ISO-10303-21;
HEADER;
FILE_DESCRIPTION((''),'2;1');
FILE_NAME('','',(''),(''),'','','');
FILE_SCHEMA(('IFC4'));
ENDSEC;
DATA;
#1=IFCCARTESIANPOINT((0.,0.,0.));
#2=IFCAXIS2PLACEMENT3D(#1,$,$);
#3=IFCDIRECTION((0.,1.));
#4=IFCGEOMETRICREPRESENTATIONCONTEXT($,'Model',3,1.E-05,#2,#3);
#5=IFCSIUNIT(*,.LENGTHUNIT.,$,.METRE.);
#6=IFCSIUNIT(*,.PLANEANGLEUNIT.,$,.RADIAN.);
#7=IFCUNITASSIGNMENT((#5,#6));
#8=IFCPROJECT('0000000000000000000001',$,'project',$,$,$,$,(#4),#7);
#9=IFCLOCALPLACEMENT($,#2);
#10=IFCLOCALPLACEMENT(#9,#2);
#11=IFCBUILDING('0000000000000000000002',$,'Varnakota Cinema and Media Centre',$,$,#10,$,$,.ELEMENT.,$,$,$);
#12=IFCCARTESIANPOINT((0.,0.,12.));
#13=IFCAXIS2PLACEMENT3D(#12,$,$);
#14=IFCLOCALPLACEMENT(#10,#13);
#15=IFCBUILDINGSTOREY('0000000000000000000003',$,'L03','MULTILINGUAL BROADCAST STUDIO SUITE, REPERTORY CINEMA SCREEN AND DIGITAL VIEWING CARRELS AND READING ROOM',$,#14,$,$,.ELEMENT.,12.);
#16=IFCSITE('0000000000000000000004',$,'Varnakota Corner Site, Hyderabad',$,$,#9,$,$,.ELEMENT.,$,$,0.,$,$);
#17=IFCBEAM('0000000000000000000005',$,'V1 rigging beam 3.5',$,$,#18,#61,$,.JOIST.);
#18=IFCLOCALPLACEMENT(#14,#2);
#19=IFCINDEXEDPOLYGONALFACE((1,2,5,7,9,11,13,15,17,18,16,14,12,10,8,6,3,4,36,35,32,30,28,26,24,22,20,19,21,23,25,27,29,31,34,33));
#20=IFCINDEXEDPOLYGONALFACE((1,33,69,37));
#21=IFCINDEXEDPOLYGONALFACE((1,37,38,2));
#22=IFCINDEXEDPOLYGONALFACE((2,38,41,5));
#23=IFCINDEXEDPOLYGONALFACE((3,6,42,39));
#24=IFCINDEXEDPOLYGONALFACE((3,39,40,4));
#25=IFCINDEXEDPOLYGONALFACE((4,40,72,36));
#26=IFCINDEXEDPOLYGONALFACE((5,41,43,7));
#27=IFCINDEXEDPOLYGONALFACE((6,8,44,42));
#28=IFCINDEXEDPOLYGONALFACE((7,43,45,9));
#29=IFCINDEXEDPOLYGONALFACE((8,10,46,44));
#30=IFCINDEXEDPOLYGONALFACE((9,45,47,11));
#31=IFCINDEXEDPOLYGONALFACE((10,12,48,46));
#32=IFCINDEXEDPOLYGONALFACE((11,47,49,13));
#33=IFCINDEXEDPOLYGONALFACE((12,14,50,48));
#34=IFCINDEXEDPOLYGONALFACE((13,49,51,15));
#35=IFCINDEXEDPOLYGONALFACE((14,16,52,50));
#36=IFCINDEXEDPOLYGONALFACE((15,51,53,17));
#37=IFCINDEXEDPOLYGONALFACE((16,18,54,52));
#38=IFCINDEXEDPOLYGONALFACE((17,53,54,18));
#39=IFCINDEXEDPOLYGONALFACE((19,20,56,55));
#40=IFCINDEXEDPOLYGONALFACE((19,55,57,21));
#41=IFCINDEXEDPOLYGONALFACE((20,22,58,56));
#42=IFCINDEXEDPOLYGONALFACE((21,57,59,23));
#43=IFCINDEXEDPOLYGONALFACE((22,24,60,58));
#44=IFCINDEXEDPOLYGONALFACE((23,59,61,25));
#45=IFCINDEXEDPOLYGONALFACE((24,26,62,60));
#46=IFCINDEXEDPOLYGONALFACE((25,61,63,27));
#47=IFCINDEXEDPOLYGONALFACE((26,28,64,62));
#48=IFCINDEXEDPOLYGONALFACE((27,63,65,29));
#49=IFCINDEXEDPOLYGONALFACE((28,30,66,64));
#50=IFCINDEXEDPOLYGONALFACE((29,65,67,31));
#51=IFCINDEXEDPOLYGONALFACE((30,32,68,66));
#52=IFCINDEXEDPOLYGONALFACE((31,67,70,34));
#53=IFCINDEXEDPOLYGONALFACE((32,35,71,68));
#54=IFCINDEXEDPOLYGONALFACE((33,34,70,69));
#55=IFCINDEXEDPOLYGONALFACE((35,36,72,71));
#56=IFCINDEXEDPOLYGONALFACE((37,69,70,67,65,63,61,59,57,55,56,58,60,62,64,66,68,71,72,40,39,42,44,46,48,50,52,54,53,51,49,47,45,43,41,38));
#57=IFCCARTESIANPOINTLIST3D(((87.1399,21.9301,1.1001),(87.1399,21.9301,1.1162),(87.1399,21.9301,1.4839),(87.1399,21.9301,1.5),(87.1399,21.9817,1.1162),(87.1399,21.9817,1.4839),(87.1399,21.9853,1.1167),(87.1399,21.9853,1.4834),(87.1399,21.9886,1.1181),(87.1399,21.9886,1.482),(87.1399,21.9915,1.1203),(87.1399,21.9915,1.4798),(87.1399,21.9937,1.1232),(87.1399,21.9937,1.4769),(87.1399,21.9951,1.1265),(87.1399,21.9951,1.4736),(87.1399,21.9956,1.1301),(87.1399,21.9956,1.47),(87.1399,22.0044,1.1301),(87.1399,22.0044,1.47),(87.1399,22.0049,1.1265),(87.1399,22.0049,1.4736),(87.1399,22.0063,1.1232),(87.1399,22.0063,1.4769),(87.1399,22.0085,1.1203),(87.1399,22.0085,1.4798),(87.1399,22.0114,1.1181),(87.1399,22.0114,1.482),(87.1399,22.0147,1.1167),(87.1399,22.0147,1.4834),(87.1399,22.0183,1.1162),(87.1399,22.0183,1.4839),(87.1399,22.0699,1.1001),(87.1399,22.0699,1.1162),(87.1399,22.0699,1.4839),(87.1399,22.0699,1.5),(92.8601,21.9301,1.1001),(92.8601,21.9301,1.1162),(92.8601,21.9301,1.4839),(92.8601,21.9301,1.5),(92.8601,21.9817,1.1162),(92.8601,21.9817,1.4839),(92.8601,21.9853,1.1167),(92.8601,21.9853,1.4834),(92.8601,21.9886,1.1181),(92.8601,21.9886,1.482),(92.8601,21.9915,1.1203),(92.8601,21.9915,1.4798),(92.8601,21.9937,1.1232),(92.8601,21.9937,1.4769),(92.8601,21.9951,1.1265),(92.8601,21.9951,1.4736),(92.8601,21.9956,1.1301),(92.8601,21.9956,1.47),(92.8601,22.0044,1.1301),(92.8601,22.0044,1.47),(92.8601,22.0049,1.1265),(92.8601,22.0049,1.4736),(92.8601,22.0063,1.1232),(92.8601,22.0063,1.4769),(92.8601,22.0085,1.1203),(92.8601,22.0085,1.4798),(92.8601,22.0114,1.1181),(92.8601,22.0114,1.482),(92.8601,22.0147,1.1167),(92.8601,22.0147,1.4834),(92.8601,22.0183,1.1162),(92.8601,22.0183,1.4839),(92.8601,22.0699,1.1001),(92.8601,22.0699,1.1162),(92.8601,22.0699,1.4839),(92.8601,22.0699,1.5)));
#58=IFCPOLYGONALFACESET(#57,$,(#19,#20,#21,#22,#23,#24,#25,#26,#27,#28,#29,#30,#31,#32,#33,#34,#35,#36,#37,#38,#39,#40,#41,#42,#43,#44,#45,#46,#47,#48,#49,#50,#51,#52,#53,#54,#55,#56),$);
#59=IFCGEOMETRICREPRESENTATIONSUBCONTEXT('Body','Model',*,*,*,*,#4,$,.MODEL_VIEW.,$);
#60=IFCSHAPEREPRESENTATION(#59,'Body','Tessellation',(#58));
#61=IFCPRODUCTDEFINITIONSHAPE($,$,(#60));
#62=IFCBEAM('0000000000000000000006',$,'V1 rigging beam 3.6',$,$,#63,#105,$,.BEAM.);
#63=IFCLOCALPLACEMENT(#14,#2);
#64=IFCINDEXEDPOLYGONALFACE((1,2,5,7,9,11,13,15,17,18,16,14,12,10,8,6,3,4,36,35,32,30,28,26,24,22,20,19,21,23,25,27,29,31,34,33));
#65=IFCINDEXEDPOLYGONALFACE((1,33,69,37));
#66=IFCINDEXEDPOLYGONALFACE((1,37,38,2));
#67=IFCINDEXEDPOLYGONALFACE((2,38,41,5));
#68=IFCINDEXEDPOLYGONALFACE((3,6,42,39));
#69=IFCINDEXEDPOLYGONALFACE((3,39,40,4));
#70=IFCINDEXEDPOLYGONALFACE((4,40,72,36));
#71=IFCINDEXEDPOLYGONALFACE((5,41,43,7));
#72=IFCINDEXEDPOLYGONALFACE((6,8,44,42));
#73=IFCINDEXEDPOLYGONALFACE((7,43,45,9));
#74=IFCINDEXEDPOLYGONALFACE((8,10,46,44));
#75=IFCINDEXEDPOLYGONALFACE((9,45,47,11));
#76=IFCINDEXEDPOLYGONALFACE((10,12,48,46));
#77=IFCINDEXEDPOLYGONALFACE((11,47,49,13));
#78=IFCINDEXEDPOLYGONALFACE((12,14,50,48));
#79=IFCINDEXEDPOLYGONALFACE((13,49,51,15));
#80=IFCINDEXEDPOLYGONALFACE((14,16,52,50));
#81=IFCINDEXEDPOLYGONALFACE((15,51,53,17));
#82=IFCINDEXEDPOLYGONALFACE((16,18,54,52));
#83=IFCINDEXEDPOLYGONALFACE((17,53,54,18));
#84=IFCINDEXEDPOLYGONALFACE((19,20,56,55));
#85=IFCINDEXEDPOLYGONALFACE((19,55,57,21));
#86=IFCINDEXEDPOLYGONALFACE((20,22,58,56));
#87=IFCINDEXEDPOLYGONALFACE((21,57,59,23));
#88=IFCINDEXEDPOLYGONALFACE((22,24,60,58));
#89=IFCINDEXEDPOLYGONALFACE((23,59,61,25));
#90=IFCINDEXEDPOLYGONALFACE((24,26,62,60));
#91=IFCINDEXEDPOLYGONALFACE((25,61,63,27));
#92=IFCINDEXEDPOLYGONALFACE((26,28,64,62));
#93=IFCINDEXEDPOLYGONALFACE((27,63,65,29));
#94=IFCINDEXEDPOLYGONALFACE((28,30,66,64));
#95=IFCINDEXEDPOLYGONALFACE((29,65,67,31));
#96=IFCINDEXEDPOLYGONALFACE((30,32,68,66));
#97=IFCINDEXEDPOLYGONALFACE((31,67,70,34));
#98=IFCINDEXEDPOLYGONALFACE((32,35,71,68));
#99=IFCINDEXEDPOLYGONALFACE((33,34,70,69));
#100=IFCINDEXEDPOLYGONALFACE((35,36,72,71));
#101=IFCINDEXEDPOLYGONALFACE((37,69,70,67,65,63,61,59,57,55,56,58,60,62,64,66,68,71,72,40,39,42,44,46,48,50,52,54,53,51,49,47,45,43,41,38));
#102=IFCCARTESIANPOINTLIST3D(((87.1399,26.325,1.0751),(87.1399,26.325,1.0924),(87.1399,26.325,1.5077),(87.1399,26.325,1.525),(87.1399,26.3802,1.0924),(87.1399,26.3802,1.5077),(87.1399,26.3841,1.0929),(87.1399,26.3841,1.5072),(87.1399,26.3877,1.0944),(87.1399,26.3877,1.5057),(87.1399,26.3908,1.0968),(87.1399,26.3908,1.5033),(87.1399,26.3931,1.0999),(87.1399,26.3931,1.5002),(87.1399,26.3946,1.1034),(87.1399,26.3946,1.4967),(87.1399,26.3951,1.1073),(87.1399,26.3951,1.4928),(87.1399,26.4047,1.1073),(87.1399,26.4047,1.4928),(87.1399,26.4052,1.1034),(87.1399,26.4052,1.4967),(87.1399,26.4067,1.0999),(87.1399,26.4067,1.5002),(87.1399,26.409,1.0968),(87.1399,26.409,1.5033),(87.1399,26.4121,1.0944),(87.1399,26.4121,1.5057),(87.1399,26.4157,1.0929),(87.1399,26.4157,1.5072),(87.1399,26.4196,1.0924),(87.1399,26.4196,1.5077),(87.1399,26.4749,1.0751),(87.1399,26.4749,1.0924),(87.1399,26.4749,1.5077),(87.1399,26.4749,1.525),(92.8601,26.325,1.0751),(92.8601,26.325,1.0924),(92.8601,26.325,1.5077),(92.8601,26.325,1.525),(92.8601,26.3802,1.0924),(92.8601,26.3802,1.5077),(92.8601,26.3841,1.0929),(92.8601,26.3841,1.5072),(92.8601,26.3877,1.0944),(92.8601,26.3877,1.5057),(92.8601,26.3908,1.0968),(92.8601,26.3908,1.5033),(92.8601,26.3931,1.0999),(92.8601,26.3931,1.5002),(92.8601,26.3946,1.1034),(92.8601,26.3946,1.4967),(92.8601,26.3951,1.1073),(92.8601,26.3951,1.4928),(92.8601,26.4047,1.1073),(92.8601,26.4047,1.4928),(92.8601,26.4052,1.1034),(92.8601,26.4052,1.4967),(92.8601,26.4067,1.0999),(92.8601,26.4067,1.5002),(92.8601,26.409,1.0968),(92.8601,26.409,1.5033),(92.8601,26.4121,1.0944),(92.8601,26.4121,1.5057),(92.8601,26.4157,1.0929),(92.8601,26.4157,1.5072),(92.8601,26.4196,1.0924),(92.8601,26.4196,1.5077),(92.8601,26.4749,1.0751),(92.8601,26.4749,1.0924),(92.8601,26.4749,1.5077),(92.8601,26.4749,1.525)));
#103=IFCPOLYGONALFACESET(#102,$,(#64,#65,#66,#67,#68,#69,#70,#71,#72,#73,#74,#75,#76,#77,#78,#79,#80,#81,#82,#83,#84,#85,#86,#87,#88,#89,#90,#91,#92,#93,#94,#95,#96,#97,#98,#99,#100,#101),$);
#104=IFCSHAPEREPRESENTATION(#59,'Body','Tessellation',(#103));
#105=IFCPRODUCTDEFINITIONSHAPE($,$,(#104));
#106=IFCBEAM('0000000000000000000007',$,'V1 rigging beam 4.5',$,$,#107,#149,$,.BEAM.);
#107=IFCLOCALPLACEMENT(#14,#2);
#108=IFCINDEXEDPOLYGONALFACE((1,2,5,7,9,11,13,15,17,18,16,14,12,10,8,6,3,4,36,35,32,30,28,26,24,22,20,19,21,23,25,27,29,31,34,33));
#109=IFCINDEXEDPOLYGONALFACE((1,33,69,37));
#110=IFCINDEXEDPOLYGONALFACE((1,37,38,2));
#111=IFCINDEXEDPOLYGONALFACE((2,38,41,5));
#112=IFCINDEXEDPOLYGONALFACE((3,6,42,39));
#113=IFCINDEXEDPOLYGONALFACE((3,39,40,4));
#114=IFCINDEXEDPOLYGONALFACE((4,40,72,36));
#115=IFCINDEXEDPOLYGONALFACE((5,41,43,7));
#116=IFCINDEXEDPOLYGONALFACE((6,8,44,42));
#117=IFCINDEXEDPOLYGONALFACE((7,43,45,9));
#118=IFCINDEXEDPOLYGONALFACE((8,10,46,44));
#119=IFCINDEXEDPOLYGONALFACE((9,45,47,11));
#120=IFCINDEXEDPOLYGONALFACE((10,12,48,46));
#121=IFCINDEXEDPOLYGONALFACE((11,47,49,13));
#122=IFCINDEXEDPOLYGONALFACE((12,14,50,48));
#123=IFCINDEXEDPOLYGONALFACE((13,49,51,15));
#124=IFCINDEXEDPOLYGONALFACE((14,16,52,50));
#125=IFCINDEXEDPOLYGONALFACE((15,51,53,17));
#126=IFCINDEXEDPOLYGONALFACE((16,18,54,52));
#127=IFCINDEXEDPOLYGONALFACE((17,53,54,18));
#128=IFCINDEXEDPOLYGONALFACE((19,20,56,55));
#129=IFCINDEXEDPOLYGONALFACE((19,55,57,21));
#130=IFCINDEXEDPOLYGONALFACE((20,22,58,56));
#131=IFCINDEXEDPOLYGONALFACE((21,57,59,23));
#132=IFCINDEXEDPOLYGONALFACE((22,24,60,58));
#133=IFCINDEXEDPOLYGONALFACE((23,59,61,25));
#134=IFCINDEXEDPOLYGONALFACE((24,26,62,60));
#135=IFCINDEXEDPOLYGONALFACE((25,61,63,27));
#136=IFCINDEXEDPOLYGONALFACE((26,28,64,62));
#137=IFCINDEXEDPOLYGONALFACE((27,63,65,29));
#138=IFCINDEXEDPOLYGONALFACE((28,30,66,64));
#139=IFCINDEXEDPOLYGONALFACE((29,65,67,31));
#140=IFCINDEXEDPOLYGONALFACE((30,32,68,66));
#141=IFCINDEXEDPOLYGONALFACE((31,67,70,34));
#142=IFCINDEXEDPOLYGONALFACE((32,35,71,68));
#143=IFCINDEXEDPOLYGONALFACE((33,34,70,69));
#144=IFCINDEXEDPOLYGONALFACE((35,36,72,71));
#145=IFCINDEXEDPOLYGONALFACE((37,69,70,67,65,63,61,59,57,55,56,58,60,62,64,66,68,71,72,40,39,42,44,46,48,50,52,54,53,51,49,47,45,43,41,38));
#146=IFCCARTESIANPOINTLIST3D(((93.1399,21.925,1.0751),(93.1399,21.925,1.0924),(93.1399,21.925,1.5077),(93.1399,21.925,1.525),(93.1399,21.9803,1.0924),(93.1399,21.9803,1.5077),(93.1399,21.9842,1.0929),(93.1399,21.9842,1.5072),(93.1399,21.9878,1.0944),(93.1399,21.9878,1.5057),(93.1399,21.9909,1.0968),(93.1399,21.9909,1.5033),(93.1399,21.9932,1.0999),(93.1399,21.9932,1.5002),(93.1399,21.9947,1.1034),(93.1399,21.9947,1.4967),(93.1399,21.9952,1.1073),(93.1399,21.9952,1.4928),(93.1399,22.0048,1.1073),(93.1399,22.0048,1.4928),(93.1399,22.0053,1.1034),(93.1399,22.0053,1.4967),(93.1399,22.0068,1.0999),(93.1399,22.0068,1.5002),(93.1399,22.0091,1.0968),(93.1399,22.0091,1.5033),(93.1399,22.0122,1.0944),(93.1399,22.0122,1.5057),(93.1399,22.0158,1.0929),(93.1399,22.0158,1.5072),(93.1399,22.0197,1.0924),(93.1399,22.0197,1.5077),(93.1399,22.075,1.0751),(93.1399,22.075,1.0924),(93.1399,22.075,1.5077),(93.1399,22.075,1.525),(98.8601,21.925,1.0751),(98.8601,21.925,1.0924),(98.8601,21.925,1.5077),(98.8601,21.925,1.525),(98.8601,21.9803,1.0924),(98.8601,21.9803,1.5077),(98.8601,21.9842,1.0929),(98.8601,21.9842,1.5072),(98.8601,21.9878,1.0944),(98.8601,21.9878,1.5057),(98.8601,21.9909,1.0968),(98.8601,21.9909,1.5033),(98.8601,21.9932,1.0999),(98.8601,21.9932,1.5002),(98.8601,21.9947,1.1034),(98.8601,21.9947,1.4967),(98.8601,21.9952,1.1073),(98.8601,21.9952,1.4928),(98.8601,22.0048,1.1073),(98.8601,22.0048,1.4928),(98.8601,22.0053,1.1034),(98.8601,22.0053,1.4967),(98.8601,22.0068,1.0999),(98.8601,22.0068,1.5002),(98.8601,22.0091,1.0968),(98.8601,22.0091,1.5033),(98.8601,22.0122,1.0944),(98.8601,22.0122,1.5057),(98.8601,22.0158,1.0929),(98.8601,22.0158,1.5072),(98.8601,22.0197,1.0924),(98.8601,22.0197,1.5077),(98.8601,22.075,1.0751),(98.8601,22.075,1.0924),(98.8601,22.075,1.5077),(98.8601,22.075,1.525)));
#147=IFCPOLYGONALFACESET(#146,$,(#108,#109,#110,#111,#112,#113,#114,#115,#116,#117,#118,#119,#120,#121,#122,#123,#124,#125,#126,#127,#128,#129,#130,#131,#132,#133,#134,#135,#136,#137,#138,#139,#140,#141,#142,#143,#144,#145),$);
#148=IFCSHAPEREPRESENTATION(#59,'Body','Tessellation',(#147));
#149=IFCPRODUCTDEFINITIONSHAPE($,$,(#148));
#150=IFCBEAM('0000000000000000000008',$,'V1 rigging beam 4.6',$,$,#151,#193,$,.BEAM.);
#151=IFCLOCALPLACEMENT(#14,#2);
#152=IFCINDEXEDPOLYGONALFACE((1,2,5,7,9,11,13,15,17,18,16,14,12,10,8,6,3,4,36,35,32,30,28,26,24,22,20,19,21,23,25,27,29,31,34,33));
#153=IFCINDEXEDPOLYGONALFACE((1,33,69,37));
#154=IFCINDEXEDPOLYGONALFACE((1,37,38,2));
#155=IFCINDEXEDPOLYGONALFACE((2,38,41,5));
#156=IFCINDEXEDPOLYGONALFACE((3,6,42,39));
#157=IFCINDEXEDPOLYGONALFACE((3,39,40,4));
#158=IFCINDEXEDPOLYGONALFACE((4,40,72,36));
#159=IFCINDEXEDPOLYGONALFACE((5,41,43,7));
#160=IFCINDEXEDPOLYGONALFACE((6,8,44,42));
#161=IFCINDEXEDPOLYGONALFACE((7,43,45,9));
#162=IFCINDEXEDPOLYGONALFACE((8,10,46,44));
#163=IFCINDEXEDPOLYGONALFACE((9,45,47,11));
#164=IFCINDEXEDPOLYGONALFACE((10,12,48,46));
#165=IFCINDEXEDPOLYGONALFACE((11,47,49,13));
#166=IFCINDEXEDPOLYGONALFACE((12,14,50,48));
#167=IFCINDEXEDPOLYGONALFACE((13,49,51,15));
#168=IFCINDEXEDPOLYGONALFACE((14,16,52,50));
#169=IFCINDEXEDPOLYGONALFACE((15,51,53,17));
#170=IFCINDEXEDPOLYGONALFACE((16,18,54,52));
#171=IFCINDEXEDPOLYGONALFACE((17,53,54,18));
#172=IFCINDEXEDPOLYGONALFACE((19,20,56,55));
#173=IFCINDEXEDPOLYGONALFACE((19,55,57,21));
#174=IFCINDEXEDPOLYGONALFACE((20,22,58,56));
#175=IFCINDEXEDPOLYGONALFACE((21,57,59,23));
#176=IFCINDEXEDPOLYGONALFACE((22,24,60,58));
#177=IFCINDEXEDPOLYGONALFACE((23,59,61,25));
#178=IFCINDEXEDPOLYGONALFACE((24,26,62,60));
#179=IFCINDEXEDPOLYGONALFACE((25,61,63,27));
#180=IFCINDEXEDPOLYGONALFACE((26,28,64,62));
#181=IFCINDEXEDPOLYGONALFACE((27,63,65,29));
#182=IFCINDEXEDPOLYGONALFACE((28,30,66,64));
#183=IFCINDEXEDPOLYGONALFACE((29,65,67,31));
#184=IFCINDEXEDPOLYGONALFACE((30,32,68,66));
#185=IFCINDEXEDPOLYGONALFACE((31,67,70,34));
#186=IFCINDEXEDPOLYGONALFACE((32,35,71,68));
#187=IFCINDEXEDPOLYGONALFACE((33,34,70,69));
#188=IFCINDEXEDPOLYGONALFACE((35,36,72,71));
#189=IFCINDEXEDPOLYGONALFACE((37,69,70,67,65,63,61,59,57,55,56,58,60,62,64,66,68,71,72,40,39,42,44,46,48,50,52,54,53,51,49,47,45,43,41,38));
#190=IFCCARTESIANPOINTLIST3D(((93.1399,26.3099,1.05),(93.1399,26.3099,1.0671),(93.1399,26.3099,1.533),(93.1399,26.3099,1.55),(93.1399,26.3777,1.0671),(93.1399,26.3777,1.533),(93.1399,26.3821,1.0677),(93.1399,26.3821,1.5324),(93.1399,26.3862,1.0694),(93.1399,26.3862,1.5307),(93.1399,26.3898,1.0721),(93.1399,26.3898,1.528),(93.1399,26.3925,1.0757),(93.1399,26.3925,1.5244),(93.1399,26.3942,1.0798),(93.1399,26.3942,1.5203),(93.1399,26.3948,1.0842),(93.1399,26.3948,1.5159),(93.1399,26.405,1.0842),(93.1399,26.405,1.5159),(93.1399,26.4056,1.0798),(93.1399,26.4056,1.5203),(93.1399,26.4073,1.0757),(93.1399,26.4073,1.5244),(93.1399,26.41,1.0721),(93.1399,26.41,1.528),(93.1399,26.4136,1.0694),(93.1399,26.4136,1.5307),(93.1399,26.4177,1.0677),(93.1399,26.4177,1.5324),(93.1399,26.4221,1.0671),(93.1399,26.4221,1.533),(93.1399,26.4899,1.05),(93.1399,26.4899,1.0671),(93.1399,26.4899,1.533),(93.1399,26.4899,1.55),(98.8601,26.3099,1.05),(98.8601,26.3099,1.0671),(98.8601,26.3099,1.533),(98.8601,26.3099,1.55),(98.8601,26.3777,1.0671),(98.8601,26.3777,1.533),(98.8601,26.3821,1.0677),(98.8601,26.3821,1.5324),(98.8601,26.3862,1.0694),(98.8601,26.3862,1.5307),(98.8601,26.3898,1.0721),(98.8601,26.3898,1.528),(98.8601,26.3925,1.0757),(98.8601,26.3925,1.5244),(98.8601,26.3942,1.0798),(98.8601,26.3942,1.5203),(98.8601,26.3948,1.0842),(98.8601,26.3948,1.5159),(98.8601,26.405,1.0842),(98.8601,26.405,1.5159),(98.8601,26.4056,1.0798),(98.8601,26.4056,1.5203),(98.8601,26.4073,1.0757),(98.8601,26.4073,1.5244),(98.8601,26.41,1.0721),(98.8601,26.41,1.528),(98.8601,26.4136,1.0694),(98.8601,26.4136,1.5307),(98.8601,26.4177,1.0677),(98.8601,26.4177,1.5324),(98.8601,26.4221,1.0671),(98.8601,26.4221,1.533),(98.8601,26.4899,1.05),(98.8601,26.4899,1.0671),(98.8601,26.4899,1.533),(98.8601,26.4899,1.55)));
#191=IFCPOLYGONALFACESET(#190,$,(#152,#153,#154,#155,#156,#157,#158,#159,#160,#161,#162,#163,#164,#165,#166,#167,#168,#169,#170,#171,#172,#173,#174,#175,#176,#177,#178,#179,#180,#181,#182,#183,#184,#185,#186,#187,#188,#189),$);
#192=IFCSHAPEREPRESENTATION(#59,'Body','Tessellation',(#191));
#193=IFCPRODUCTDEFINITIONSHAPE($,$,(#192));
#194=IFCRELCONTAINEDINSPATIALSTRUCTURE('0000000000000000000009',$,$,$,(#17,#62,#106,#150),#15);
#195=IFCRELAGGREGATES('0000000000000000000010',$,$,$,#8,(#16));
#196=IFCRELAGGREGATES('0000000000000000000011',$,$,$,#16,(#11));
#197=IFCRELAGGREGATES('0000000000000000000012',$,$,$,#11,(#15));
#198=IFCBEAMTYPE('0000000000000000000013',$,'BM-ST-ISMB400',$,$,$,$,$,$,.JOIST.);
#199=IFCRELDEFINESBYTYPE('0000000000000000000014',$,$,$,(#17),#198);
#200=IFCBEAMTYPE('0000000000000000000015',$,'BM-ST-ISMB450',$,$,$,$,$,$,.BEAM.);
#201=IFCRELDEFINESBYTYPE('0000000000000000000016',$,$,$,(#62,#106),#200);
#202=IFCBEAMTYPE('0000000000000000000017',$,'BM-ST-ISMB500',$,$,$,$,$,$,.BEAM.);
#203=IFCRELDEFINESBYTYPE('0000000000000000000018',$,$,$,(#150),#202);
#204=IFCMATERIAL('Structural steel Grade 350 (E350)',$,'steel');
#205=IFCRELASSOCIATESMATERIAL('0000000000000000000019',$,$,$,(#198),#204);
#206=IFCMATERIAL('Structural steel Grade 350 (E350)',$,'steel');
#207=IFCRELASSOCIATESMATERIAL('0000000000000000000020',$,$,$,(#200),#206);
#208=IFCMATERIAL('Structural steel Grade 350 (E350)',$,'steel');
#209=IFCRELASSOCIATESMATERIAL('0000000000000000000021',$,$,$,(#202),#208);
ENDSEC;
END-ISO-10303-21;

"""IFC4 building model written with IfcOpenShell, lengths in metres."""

from ifc_helpers import new_model, si_unit, direction, frame, origin, origin_2d, place, context, subcontext, project, spatial, i_section, extrude, material, material_profile, profile_set, type_object, element, save


model = new_model("IFC4")

# Units and contexts
model_context = context("Model", 3, precision=1e-05, world=origin(), true_north=direction((0.0, 1.0)))
body_context = subcontext(model_context, "Body", "Model", "MODEL_VIEW")
ifc_project = project(units=[si_unit("LENGTHUNIT", "METRE"), si_unit("PLANEANGLEUNIT", "RADIAN")], contexts=[model_context])

# Site, building, storey
site_placement = place(None, origin())
site = spatial("IfcSite", under=ifc_project, at=site_placement, Name="Varnakota Corner Site, Hyderabad", CompositionType="ELEMENT", RefElevation=0.0)
building_placement = place(site_placement, origin())
building = spatial("IfcBuilding", under=site, at=building_placement, Name="Varnakota Cinema and Media Centre", CompositionType="ELEMENT")
storey_placement = place(building_placement, frame((0.0, 0.0, 12.0)))
storey = spatial("IfcBuildingStorey", under=building, at=storey_placement, Name="L03", Description="MULTILINGUAL BROADCAST STUDIO SUITE, REPERTORY CINEMA SCREEN AND DIGITAL VIEWING CARRELS AND READING ROOM", CompositionType="ELEMENT", Elevation=12.0)

# Beams
ifc_material_1 = material(Name="Structural steel Grade 350 (E350)", Category="steel")
ifc_material_profile_1 = material_profile(ifc_material_1, i_section(OverallWidth=0.1399, OverallDepth=0.3999, WebThickness=0.0088, FlangeThickness=0.0161, FilletRadius=0.0139, at=origin_2d()), Name="ISMB 400")
ifc_profile_set_1 = profile_set([ifc_material_profile_1], Name="Structural steel Grade 350 (E350)")
beam_type_1 = type_object("IfcBeamType", Name="BM-ST-ISMB400", PredefinedType="JOIST", material=ifc_profile_set_1)
beam_1_placement = place(storey_placement, frame((87.1399, 22.0, 1.3), z_axis=(1.0, 0.0, 0.0), x_axis=(0.0, 1.0, 0.0)))
element("IfcBeam", 1, at=beam_1_placement, inside=storey, type_object=beam_type_1, Name="V1 rigging beam 3.5", PredefinedType="JOIST", context=body_context, shape_type="SweptSolid", body=[
    extrude(i_section(OverallWidth=0.1399, OverallDepth=0.3999, WebThickness=0.0088, FlangeThickness=0.0161, FilletRadius=0.0139, at=origin_2d()), origin(), (0.0, 0.0, 1.0), 5.7202),
])
ifc_material_2 = material(Name="Structural steel Grade 350 (E350)", Category="steel")
ifc_material_profile_2 = material_profile(ifc_material_2, i_section(OverallWidth=0.1499, OverallDepth=0.45, WebThickness=0.0095, FlangeThickness=0.0173, FilletRadius=0.0149, at=origin_2d()), Name="ISMB 450")
ifc_profile_set_2 = profile_set([ifc_material_profile_2], Name="Structural steel Grade 350 (E350)")
beam_type_2 = type_object("IfcBeamType", Name="BM-ST-ISMB450", PredefinedType="BEAM", material=ifc_profile_set_2)
for number, where, z_axis, x_axis, name in (
    (2, (87.1399, 26.3999, 1.3), (1.0, 0.0, 0.0), (0.0, 1.0, 0.0), "V1 rigging beam 3.6"),
    (3, (93.1399, 22.0, 1.3), (1.0, 0.0, 0.0), (0.0, 1.0, 0.0), "V1 rigging beam 4.5"),
):
    element("IfcBeam", number, at=place(storey_placement, frame(where, z_axis=z_axis, x_axis=x_axis)), inside=storey, type_object=beam_type_2, Name=name, PredefinedType="BEAM", context=body_context, shape_type="SweptSolid", body=[
        extrude(i_section(OverallWidth=0.1499, OverallDepth=0.45, WebThickness=0.0095, FlangeThickness=0.0173, FilletRadius=0.0149, at=origin_2d()), origin(), (0.0, 0.0, 1.0), 5.7202),
    ])
ifc_material_3 = material(Name="Structural steel Grade 350 (E350)", Category="steel")
ifc_material_profile_3 = material_profile(ifc_material_3, i_section(OverallWidth=0.1799, OverallDepth=0.5, WebThickness=0.0103, FlangeThickness=0.0171, FilletRadius=0.0171, at=origin_2d()), Name="ISMB 500")
ifc_profile_set_3 = profile_set([ifc_material_profile_3], Name="Structural steel Grade 350 (E350)")
beam_type_3 = type_object("IfcBeamType", Name="BM-ST-ISMB500", PredefinedType="BEAM", material=ifc_profile_set_3)
beam_2_placement = place(storey_placement, frame((93.1399, 26.3999, 1.3), z_axis=(1.0, 0.0, 0.0), x_axis=(0.0, 1.0, 0.0)))
element("IfcBeam", 4, at=beam_2_placement, inside=storey, type_object=beam_type_3, Name="V1 rigging beam 4.6", PredefinedType="BEAM", context=body_context, shape_type="SweptSolid", body=[
    extrude(i_section(OverallWidth=0.1799, OverallDepth=0.5, WebThickness=0.0103, FlangeThickness=0.0171, FilletRadius=0.0171, at=origin_2d()), origin(), (0.0, 0.0, 1.0), 5.7202),
])

save(model, "model.ifc")
